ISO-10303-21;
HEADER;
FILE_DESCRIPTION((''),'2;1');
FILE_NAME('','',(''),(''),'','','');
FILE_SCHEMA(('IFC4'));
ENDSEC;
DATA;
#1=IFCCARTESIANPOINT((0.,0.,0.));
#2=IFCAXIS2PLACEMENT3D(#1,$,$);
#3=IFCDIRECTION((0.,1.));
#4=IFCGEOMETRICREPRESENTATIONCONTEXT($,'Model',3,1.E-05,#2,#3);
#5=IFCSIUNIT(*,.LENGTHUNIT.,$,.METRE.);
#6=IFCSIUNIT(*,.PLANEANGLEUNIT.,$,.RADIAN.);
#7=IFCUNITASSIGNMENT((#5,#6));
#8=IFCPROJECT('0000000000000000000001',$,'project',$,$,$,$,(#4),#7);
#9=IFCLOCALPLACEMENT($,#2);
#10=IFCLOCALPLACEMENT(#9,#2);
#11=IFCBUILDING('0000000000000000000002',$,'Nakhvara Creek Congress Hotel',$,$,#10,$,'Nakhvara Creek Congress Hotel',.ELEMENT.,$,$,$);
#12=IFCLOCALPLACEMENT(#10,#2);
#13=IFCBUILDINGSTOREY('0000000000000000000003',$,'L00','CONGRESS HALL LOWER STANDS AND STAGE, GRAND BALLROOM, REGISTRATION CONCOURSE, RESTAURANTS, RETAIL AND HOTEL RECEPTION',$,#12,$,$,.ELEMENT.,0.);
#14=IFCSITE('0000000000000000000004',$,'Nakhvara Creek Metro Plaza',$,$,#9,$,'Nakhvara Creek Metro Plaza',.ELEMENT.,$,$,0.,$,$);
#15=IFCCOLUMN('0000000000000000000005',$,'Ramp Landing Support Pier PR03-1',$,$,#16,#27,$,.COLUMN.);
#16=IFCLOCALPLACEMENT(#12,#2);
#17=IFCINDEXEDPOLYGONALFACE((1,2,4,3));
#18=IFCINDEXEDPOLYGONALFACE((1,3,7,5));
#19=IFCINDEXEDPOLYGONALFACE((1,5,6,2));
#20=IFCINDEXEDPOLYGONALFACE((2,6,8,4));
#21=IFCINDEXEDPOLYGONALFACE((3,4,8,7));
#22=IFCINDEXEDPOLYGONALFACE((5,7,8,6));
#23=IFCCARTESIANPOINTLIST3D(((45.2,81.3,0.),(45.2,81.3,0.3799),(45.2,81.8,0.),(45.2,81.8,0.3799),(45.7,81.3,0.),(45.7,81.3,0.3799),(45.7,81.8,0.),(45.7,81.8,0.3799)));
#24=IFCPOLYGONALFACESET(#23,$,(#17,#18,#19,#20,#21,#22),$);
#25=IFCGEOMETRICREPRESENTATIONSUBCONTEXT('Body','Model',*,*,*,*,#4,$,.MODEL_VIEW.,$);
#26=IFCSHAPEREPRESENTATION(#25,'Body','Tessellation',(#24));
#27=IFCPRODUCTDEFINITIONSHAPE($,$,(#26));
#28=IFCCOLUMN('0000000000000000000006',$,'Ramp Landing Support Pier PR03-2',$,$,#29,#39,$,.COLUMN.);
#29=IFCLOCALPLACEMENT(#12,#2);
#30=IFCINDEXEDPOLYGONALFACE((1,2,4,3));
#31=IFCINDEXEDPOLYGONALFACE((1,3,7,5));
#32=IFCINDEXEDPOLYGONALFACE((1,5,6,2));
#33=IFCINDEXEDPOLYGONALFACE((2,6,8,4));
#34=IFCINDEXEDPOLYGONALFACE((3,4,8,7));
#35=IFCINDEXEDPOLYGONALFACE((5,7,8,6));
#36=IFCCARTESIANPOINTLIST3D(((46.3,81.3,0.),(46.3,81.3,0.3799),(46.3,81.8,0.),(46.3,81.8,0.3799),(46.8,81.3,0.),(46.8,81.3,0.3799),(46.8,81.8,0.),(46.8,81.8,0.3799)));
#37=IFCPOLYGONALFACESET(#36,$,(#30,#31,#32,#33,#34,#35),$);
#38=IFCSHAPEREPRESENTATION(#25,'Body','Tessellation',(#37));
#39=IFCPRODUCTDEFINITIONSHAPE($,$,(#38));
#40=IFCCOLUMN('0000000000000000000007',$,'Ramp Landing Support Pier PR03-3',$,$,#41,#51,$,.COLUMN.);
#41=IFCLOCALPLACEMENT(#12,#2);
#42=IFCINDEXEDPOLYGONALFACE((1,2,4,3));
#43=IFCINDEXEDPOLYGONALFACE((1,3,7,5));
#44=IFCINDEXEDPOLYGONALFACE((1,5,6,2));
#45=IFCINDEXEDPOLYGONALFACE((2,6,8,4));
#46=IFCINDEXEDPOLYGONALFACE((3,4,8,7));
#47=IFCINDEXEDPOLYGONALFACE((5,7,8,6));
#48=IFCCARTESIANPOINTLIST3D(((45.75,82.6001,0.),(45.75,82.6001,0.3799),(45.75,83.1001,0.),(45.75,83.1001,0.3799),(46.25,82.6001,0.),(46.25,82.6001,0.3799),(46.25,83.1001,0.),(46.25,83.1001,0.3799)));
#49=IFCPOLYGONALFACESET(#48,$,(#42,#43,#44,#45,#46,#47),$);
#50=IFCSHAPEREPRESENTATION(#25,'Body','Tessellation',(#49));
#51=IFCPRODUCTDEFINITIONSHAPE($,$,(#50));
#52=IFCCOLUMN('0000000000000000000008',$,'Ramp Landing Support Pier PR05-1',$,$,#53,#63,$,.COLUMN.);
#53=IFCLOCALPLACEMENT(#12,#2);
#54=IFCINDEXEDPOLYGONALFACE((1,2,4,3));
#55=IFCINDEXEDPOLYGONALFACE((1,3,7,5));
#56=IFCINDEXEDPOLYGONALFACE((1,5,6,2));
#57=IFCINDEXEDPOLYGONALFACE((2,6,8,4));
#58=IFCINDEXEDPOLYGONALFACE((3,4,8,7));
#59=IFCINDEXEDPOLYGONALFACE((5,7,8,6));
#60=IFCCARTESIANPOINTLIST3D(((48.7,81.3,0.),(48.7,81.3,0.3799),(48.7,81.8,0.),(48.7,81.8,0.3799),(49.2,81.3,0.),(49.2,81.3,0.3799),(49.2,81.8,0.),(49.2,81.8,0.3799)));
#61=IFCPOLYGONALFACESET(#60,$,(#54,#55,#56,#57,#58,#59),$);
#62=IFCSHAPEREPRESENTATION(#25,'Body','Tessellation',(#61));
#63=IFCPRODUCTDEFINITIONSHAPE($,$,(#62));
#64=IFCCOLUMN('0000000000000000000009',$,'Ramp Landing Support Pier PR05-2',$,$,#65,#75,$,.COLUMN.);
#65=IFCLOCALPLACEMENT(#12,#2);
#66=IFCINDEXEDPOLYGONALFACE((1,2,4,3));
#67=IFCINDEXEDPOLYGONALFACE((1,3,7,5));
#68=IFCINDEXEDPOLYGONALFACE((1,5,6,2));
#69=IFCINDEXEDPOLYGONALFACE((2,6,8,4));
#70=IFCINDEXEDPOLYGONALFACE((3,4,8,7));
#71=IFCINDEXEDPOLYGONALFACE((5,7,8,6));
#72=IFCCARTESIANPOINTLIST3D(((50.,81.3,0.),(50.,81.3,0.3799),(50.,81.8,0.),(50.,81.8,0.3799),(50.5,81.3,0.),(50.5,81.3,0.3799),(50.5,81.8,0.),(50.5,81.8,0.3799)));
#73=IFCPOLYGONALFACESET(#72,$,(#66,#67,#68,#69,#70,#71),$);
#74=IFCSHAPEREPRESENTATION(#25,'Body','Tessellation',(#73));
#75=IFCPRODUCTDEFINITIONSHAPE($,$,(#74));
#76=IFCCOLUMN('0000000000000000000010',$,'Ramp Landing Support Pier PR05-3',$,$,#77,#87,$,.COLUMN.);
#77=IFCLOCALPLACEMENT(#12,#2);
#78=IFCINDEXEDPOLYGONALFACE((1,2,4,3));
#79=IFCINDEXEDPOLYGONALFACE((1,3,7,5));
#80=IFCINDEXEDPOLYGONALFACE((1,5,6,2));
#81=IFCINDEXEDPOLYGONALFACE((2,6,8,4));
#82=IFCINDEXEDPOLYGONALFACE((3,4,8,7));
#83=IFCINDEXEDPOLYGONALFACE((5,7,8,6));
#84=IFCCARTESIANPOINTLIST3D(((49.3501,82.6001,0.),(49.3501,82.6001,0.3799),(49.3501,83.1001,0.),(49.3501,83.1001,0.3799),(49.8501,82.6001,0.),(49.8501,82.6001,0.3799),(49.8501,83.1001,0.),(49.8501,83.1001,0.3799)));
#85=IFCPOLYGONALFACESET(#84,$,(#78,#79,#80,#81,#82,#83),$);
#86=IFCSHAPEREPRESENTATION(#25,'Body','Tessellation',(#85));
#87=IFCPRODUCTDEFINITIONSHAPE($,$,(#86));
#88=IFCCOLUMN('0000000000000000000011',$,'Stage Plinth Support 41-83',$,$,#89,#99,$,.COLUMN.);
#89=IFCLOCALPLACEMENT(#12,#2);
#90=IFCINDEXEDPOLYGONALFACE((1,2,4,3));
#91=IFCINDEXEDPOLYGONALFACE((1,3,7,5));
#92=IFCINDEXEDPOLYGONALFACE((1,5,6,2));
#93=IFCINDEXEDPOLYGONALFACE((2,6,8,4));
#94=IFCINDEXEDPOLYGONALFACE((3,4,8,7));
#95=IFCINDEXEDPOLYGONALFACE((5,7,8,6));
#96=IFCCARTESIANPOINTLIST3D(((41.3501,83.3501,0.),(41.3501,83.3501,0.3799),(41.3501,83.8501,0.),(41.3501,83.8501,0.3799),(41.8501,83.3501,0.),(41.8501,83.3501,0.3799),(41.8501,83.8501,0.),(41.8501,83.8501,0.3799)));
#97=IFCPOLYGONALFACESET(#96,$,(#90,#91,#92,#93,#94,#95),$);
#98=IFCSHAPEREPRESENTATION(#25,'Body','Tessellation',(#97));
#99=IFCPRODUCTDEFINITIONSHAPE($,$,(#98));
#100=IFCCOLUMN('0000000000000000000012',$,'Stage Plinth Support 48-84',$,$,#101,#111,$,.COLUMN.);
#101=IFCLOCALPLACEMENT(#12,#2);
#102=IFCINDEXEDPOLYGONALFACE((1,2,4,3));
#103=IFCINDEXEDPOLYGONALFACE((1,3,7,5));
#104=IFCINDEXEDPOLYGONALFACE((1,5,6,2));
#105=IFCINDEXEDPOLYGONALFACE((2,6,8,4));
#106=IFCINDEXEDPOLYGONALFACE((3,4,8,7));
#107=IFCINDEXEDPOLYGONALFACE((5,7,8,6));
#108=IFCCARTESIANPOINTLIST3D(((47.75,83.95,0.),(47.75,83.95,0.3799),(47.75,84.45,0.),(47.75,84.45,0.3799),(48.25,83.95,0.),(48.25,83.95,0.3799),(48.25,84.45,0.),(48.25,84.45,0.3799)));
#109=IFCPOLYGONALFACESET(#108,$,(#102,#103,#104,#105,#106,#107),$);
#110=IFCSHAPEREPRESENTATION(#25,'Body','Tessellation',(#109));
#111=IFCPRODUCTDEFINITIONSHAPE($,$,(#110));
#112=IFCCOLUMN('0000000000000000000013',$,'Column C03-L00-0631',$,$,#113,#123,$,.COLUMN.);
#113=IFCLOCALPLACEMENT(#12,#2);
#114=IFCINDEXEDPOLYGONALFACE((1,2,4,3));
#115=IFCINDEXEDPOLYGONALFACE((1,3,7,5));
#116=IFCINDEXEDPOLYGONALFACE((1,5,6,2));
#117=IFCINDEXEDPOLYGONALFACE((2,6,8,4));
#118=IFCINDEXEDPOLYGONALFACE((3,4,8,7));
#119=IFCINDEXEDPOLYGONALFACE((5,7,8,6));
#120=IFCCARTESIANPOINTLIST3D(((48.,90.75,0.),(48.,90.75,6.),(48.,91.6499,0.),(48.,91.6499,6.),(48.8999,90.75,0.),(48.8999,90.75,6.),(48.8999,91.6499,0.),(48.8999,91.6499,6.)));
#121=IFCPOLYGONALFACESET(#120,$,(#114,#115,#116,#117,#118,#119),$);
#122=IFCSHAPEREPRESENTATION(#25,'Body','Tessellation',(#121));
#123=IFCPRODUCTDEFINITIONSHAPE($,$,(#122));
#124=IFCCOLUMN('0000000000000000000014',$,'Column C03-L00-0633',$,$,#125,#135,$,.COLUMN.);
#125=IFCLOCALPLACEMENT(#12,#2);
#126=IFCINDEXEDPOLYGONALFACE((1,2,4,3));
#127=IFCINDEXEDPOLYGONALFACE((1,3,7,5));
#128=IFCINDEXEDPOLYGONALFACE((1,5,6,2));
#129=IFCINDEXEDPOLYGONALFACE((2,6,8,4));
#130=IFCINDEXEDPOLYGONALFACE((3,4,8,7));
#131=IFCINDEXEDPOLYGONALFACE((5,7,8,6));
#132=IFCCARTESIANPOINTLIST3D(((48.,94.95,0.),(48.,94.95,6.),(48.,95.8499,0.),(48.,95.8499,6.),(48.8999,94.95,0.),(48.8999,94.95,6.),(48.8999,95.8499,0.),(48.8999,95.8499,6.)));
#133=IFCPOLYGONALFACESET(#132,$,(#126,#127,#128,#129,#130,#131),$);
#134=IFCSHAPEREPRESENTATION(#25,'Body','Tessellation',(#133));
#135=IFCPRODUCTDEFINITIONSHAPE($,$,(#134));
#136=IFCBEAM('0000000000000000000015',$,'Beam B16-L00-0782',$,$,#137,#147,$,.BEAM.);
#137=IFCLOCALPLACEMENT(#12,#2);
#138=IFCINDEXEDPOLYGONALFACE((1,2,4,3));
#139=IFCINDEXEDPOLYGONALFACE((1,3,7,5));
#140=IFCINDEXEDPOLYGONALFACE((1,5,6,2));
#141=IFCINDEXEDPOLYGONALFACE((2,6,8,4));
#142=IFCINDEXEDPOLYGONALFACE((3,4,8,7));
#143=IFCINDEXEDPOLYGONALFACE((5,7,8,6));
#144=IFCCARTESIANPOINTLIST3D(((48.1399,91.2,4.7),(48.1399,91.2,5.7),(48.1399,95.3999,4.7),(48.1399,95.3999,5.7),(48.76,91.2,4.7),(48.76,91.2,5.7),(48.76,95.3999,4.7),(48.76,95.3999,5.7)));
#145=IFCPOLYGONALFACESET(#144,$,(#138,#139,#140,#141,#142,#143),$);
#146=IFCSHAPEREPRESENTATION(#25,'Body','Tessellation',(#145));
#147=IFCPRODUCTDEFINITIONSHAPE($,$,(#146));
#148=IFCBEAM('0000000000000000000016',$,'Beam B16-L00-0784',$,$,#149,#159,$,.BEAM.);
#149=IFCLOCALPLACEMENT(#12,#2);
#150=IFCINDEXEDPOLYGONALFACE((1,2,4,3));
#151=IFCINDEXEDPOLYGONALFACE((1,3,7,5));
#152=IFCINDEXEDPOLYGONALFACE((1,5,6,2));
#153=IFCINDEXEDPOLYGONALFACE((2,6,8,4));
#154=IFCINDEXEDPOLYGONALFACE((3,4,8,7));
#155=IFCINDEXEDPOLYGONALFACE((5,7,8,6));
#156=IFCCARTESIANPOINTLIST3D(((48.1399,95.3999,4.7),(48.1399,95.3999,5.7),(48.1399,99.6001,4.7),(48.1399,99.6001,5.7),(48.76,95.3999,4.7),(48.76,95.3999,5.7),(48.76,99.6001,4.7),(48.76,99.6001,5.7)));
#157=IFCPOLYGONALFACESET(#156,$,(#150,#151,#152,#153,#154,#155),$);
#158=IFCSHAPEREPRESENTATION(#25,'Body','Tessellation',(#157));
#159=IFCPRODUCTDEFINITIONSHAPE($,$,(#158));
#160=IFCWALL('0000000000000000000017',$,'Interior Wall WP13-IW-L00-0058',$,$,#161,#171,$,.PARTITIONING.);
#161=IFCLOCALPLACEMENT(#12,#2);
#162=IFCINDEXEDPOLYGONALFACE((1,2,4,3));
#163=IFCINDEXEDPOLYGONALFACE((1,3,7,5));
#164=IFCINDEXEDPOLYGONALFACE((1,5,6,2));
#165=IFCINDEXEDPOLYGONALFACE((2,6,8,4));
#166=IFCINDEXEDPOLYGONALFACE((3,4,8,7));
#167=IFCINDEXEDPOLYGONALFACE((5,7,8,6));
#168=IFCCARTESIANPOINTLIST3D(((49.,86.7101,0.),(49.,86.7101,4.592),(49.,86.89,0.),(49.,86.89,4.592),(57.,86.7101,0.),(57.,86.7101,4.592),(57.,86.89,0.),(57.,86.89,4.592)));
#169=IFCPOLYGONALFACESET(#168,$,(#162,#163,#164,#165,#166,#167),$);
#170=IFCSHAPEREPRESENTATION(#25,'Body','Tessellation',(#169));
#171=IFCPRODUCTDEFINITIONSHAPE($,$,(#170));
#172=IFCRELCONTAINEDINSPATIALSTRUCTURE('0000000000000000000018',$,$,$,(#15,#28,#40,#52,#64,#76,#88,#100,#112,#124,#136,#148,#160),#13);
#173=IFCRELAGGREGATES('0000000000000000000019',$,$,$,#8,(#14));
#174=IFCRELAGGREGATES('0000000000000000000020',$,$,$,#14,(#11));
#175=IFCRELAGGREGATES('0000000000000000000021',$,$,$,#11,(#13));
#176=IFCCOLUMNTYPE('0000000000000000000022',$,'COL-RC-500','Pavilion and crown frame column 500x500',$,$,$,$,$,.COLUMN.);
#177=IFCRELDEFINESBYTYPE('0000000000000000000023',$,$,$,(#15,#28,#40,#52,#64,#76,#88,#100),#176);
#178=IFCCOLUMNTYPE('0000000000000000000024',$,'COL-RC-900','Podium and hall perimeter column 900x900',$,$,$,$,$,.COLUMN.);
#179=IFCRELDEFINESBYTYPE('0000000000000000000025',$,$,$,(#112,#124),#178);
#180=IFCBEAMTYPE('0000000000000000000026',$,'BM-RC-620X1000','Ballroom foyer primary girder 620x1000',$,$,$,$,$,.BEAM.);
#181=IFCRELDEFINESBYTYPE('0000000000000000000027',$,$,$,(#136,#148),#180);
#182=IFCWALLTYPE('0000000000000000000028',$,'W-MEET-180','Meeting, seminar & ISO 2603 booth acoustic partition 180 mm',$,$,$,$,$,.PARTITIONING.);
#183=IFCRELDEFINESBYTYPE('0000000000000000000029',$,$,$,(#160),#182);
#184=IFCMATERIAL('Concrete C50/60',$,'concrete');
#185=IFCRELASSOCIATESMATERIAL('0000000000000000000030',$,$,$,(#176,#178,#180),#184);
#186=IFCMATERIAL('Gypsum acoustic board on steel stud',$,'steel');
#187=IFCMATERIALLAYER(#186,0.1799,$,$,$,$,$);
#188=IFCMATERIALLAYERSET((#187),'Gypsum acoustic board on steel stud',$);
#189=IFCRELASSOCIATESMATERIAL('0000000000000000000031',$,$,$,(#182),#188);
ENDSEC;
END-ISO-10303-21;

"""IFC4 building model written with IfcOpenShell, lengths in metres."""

from ifc_helpers import new_model, si_unit, direction, frame, frame_2d, origin, origin_2d, place, context, subcontext, project, spatial, rectangle, extrude, material, layer, layer_set, material_profile, profile_set, type_object, element, save


model = new_model("IFC4")

# Units and contexts
model_context = context("Model", 3, precision=1e-05, world=origin(), true_north=direction((0.0, 1.0)))
body_context = subcontext(model_context, "Body", "Model", "MODEL_VIEW")
ifc_project = project(units=[si_unit("LENGTHUNIT", "METRE"), si_unit("PLANEANGLEUNIT", "RADIAN")], contexts=[model_context])

# Site, building, storey
site_placement = place(None, origin())
site = spatial("IfcSite", under=ifc_project, at=site_placement, Name="Nakhvara Creek Metro Plaza", LongName="Nakhvara Creek Metro Plaza", CompositionType="ELEMENT", RefElevation=0.0)
building_placement = place(site_placement, origin())
building = spatial("IfcBuilding", under=site, at=building_placement, Name="Nakhvara Creek Congress Hotel", LongName="Nakhvara Creek Congress Hotel", CompositionType="ELEMENT")
storey_placement = place(building_placement, origin())
storey = spatial("IfcBuildingStorey", under=building, at=storey_placement, Name="L00", Description="CONGRESS HALL LOWER STANDS AND STAGE, GRAND BALLROOM, REGISTRATION CONCOURSE, RESTAURANTS, RETAIL AND HOTEL RECEPTION", CompositionType="ELEMENT", Elevation=0.0)

# Columns
ifc_material_1 = material(Name="Concrete C50/60", Category="concrete")
ifc_material_profile_1 = material_profile(ifc_material_1, rectangle(XDim=0.5, YDim=0.5, at=origin_2d()), Name="RC-COL 500x500", Category="LoadBearing")
ifc_profile_set_1 = profile_set([ifc_material_profile_1], Name="Concrete C50/60")
column_type_1 = type_object("IfcColumnType", Name="COL-RC-500", Description="Pavilion and crown frame column 500x500", PredefinedType="COLUMN", material=ifc_profile_set_1)
for number, where, z_axis, x_axis, name in (
    (1, (45.45, 81.55, 0.0), (0.0, 0.0, 1.0), (1.0, 0.0, 0.0), "Ramp Landing Support Pier PR03-1"),
    (2, (46.55, 81.55, 0.0), (0.0, 0.0, 1.0), (1.0, 0.0, 0.0), "Ramp Landing Support Pier PR03-2"),
    (3, (46.0, 82.8501, 0.0), (0.0, 0.0, 1.0), (1.0, 0.0, 0.0), "Ramp Landing Support Pier PR03-3"),
    (4, (48.95, 81.55, 0.0), (0.0, 0.0, 1.0), (1.0, 0.0, 0.0), "Ramp Landing Support Pier PR05-1"),
    (5, (50.25, 81.55, 0.0), (0.0, 0.0, 1.0), (1.0, 0.0, 0.0), "Ramp Landing Support Pier PR05-2"),
    (6, (49.6001, 82.8501, 0.0), (0.0, 0.0, 1.0), (1.0, 0.0, 0.0), "Ramp Landing Support Pier PR05-3"),
    (7, (41.6001, 83.6001, 0.0), (0.0, 0.0, 1.0), (1.0, 0.0, 0.0), "Stage Plinth Support 41-83"),
    (8, (48.0, 84.2, 0.0), (0.0, 0.0, 1.0), (1.0, 0.0, 0.0), "Stage Plinth Support 48-84"),
):
    element("IfcColumn", number, at=place(storey_placement, frame(where, z_axis=z_axis, x_axis=x_axis)), inside=storey, type_object=column_type_1, Name=name, PredefinedType="COLUMN", context=body_context, shape_type="SweptSolid", body=[
        extrude(rectangle(XDim=0.5, YDim=0.5, at=origin_2d()), origin(), (0.0, 0.0, 1.0), 0.3799),
    ])
ifc_material_profile_2 = material_profile(ifc_material_1, rectangle(XDim=0.8999, YDim=0.8999, at=origin_2d()), Name="RC-COL 900x900", Category="LoadBearing")
ifc_profile_set_2 = profile_set([ifc_material_profile_2], Name="Concrete C50/60")
column_type_2 = type_object("IfcColumnType", Name="COL-RC-900", Description="Podium and hall perimeter column 900x900", PredefinedType="COLUMN", material=ifc_profile_set_2)
for number, where, z_axis, x_axis, name in (
    (9, (48.45, 91.2, 0.0), (0.0, 0.0, 1.0), (1.0, 0.0, 0.0), "Column C03-L00-0631"),
    (10, (48.45, 95.3999, 0.0), (0.0, 0.0, 1.0), (1.0, 0.0, 0.0), "Column C03-L00-0633"),
):
    element("IfcColumn", number, at=place(storey_placement, frame(where, z_axis=z_axis, x_axis=x_axis)), inside=storey, type_object=column_type_2, Name=name, PredefinedType="COLUMN", context=body_context, shape_type="SweptSolid", body=[
        extrude(rectangle(XDim=0.8999, YDim=0.8999, at=origin_2d()), origin(), (0.0, 0.0, 1.0), 6.0),
    ])

# Beams
ifc_material_profile_3 = material_profile(ifc_material_1, rectangle(XDim=0.6201, YDim=1.0, at=origin_2d()), Name="RC-BM 620x1000", Category="LoadBearing")
ifc_profile_set_3 = profile_set([ifc_material_profile_3], Name="Concrete C50/60")
beam_type = type_object("IfcBeamType", Name="BM-RC-620X1000", Description="Ballroom foyer primary girder 620x1000", PredefinedType="BEAM", material=ifc_profile_set_3)
beam_1_placement = place(storey_placement, frame((48.45, 91.2, 5.2), z_axis=(0.0, 1.0, 0.0), x_axis=(-1.0, 0.0, 0.0)))
element("IfcBeam", 11, at=beam_1_placement, inside=storey, type_object=beam_type, Name="Beam B16-L00-0782", PredefinedType="BEAM", context=body_context, shape_type="SweptSolid", body=[
    extrude(rectangle(XDim=0.6201, YDim=1.0, at=origin_2d()), origin(), (0.0, 0.0, 1.0), 4.2),
])
beam_2_placement = place(storey_placement, frame((48.45, 95.3999, 5.2), z_axis=(0.0, 1.0, 0.0), x_axis=(-1.0, 0.0, 0.0)))
element("IfcBeam", 12, at=beam_2_placement, inside=storey, type_object=beam_type, Name="Beam B16-L00-0784", PredefinedType="BEAM", context=body_context, shape_type="SweptSolid", body=[
    extrude(rectangle(XDim=0.6201, YDim=1.0, at=origin_2d()), origin(), (0.0, 0.0, 1.0), 4.2002),
])

# Wall
ifc_material_2 = material(Name="Gypsum acoustic board on steel stud", Category="steel")
ifc_layer_1 = layer(ifc_material_2, 0.1799)
ifc_layer_set_1 = layer_set([ifc_layer_1], Name="Gypsum acoustic board on steel stud")
wall_type_1 = type_object("IfcWallType", Name="W-MEET-180", Description="Meeting, seminar & ISO 2603 booth acoustic partition 180 mm", PredefinedType="PARTITIONING", material=ifc_layer_set_1)
wall_1_placement = place(storey_placement, frame((49.0, 86.8, 0.0), z_axis=(0.0, 0.0, 1.0), x_axis=(1.0, 0.0, 0.0)))
element("IfcWall", 13, at=wall_1_placement, inside=storey, type_object=wall_type_1, Name="Interior Wall WP13-IW-L00-0058", PredefinedType="PARTITIONING", context=body_context, shape_type="SweptSolid", body=[
    extrude(rectangle(XDim=8.0, YDim=0.1799, at=frame_2d((4.0, 0.0))), origin(), (0.0, 0.0, 1.0), 4.592),
])

save(model, "model.ifc")
